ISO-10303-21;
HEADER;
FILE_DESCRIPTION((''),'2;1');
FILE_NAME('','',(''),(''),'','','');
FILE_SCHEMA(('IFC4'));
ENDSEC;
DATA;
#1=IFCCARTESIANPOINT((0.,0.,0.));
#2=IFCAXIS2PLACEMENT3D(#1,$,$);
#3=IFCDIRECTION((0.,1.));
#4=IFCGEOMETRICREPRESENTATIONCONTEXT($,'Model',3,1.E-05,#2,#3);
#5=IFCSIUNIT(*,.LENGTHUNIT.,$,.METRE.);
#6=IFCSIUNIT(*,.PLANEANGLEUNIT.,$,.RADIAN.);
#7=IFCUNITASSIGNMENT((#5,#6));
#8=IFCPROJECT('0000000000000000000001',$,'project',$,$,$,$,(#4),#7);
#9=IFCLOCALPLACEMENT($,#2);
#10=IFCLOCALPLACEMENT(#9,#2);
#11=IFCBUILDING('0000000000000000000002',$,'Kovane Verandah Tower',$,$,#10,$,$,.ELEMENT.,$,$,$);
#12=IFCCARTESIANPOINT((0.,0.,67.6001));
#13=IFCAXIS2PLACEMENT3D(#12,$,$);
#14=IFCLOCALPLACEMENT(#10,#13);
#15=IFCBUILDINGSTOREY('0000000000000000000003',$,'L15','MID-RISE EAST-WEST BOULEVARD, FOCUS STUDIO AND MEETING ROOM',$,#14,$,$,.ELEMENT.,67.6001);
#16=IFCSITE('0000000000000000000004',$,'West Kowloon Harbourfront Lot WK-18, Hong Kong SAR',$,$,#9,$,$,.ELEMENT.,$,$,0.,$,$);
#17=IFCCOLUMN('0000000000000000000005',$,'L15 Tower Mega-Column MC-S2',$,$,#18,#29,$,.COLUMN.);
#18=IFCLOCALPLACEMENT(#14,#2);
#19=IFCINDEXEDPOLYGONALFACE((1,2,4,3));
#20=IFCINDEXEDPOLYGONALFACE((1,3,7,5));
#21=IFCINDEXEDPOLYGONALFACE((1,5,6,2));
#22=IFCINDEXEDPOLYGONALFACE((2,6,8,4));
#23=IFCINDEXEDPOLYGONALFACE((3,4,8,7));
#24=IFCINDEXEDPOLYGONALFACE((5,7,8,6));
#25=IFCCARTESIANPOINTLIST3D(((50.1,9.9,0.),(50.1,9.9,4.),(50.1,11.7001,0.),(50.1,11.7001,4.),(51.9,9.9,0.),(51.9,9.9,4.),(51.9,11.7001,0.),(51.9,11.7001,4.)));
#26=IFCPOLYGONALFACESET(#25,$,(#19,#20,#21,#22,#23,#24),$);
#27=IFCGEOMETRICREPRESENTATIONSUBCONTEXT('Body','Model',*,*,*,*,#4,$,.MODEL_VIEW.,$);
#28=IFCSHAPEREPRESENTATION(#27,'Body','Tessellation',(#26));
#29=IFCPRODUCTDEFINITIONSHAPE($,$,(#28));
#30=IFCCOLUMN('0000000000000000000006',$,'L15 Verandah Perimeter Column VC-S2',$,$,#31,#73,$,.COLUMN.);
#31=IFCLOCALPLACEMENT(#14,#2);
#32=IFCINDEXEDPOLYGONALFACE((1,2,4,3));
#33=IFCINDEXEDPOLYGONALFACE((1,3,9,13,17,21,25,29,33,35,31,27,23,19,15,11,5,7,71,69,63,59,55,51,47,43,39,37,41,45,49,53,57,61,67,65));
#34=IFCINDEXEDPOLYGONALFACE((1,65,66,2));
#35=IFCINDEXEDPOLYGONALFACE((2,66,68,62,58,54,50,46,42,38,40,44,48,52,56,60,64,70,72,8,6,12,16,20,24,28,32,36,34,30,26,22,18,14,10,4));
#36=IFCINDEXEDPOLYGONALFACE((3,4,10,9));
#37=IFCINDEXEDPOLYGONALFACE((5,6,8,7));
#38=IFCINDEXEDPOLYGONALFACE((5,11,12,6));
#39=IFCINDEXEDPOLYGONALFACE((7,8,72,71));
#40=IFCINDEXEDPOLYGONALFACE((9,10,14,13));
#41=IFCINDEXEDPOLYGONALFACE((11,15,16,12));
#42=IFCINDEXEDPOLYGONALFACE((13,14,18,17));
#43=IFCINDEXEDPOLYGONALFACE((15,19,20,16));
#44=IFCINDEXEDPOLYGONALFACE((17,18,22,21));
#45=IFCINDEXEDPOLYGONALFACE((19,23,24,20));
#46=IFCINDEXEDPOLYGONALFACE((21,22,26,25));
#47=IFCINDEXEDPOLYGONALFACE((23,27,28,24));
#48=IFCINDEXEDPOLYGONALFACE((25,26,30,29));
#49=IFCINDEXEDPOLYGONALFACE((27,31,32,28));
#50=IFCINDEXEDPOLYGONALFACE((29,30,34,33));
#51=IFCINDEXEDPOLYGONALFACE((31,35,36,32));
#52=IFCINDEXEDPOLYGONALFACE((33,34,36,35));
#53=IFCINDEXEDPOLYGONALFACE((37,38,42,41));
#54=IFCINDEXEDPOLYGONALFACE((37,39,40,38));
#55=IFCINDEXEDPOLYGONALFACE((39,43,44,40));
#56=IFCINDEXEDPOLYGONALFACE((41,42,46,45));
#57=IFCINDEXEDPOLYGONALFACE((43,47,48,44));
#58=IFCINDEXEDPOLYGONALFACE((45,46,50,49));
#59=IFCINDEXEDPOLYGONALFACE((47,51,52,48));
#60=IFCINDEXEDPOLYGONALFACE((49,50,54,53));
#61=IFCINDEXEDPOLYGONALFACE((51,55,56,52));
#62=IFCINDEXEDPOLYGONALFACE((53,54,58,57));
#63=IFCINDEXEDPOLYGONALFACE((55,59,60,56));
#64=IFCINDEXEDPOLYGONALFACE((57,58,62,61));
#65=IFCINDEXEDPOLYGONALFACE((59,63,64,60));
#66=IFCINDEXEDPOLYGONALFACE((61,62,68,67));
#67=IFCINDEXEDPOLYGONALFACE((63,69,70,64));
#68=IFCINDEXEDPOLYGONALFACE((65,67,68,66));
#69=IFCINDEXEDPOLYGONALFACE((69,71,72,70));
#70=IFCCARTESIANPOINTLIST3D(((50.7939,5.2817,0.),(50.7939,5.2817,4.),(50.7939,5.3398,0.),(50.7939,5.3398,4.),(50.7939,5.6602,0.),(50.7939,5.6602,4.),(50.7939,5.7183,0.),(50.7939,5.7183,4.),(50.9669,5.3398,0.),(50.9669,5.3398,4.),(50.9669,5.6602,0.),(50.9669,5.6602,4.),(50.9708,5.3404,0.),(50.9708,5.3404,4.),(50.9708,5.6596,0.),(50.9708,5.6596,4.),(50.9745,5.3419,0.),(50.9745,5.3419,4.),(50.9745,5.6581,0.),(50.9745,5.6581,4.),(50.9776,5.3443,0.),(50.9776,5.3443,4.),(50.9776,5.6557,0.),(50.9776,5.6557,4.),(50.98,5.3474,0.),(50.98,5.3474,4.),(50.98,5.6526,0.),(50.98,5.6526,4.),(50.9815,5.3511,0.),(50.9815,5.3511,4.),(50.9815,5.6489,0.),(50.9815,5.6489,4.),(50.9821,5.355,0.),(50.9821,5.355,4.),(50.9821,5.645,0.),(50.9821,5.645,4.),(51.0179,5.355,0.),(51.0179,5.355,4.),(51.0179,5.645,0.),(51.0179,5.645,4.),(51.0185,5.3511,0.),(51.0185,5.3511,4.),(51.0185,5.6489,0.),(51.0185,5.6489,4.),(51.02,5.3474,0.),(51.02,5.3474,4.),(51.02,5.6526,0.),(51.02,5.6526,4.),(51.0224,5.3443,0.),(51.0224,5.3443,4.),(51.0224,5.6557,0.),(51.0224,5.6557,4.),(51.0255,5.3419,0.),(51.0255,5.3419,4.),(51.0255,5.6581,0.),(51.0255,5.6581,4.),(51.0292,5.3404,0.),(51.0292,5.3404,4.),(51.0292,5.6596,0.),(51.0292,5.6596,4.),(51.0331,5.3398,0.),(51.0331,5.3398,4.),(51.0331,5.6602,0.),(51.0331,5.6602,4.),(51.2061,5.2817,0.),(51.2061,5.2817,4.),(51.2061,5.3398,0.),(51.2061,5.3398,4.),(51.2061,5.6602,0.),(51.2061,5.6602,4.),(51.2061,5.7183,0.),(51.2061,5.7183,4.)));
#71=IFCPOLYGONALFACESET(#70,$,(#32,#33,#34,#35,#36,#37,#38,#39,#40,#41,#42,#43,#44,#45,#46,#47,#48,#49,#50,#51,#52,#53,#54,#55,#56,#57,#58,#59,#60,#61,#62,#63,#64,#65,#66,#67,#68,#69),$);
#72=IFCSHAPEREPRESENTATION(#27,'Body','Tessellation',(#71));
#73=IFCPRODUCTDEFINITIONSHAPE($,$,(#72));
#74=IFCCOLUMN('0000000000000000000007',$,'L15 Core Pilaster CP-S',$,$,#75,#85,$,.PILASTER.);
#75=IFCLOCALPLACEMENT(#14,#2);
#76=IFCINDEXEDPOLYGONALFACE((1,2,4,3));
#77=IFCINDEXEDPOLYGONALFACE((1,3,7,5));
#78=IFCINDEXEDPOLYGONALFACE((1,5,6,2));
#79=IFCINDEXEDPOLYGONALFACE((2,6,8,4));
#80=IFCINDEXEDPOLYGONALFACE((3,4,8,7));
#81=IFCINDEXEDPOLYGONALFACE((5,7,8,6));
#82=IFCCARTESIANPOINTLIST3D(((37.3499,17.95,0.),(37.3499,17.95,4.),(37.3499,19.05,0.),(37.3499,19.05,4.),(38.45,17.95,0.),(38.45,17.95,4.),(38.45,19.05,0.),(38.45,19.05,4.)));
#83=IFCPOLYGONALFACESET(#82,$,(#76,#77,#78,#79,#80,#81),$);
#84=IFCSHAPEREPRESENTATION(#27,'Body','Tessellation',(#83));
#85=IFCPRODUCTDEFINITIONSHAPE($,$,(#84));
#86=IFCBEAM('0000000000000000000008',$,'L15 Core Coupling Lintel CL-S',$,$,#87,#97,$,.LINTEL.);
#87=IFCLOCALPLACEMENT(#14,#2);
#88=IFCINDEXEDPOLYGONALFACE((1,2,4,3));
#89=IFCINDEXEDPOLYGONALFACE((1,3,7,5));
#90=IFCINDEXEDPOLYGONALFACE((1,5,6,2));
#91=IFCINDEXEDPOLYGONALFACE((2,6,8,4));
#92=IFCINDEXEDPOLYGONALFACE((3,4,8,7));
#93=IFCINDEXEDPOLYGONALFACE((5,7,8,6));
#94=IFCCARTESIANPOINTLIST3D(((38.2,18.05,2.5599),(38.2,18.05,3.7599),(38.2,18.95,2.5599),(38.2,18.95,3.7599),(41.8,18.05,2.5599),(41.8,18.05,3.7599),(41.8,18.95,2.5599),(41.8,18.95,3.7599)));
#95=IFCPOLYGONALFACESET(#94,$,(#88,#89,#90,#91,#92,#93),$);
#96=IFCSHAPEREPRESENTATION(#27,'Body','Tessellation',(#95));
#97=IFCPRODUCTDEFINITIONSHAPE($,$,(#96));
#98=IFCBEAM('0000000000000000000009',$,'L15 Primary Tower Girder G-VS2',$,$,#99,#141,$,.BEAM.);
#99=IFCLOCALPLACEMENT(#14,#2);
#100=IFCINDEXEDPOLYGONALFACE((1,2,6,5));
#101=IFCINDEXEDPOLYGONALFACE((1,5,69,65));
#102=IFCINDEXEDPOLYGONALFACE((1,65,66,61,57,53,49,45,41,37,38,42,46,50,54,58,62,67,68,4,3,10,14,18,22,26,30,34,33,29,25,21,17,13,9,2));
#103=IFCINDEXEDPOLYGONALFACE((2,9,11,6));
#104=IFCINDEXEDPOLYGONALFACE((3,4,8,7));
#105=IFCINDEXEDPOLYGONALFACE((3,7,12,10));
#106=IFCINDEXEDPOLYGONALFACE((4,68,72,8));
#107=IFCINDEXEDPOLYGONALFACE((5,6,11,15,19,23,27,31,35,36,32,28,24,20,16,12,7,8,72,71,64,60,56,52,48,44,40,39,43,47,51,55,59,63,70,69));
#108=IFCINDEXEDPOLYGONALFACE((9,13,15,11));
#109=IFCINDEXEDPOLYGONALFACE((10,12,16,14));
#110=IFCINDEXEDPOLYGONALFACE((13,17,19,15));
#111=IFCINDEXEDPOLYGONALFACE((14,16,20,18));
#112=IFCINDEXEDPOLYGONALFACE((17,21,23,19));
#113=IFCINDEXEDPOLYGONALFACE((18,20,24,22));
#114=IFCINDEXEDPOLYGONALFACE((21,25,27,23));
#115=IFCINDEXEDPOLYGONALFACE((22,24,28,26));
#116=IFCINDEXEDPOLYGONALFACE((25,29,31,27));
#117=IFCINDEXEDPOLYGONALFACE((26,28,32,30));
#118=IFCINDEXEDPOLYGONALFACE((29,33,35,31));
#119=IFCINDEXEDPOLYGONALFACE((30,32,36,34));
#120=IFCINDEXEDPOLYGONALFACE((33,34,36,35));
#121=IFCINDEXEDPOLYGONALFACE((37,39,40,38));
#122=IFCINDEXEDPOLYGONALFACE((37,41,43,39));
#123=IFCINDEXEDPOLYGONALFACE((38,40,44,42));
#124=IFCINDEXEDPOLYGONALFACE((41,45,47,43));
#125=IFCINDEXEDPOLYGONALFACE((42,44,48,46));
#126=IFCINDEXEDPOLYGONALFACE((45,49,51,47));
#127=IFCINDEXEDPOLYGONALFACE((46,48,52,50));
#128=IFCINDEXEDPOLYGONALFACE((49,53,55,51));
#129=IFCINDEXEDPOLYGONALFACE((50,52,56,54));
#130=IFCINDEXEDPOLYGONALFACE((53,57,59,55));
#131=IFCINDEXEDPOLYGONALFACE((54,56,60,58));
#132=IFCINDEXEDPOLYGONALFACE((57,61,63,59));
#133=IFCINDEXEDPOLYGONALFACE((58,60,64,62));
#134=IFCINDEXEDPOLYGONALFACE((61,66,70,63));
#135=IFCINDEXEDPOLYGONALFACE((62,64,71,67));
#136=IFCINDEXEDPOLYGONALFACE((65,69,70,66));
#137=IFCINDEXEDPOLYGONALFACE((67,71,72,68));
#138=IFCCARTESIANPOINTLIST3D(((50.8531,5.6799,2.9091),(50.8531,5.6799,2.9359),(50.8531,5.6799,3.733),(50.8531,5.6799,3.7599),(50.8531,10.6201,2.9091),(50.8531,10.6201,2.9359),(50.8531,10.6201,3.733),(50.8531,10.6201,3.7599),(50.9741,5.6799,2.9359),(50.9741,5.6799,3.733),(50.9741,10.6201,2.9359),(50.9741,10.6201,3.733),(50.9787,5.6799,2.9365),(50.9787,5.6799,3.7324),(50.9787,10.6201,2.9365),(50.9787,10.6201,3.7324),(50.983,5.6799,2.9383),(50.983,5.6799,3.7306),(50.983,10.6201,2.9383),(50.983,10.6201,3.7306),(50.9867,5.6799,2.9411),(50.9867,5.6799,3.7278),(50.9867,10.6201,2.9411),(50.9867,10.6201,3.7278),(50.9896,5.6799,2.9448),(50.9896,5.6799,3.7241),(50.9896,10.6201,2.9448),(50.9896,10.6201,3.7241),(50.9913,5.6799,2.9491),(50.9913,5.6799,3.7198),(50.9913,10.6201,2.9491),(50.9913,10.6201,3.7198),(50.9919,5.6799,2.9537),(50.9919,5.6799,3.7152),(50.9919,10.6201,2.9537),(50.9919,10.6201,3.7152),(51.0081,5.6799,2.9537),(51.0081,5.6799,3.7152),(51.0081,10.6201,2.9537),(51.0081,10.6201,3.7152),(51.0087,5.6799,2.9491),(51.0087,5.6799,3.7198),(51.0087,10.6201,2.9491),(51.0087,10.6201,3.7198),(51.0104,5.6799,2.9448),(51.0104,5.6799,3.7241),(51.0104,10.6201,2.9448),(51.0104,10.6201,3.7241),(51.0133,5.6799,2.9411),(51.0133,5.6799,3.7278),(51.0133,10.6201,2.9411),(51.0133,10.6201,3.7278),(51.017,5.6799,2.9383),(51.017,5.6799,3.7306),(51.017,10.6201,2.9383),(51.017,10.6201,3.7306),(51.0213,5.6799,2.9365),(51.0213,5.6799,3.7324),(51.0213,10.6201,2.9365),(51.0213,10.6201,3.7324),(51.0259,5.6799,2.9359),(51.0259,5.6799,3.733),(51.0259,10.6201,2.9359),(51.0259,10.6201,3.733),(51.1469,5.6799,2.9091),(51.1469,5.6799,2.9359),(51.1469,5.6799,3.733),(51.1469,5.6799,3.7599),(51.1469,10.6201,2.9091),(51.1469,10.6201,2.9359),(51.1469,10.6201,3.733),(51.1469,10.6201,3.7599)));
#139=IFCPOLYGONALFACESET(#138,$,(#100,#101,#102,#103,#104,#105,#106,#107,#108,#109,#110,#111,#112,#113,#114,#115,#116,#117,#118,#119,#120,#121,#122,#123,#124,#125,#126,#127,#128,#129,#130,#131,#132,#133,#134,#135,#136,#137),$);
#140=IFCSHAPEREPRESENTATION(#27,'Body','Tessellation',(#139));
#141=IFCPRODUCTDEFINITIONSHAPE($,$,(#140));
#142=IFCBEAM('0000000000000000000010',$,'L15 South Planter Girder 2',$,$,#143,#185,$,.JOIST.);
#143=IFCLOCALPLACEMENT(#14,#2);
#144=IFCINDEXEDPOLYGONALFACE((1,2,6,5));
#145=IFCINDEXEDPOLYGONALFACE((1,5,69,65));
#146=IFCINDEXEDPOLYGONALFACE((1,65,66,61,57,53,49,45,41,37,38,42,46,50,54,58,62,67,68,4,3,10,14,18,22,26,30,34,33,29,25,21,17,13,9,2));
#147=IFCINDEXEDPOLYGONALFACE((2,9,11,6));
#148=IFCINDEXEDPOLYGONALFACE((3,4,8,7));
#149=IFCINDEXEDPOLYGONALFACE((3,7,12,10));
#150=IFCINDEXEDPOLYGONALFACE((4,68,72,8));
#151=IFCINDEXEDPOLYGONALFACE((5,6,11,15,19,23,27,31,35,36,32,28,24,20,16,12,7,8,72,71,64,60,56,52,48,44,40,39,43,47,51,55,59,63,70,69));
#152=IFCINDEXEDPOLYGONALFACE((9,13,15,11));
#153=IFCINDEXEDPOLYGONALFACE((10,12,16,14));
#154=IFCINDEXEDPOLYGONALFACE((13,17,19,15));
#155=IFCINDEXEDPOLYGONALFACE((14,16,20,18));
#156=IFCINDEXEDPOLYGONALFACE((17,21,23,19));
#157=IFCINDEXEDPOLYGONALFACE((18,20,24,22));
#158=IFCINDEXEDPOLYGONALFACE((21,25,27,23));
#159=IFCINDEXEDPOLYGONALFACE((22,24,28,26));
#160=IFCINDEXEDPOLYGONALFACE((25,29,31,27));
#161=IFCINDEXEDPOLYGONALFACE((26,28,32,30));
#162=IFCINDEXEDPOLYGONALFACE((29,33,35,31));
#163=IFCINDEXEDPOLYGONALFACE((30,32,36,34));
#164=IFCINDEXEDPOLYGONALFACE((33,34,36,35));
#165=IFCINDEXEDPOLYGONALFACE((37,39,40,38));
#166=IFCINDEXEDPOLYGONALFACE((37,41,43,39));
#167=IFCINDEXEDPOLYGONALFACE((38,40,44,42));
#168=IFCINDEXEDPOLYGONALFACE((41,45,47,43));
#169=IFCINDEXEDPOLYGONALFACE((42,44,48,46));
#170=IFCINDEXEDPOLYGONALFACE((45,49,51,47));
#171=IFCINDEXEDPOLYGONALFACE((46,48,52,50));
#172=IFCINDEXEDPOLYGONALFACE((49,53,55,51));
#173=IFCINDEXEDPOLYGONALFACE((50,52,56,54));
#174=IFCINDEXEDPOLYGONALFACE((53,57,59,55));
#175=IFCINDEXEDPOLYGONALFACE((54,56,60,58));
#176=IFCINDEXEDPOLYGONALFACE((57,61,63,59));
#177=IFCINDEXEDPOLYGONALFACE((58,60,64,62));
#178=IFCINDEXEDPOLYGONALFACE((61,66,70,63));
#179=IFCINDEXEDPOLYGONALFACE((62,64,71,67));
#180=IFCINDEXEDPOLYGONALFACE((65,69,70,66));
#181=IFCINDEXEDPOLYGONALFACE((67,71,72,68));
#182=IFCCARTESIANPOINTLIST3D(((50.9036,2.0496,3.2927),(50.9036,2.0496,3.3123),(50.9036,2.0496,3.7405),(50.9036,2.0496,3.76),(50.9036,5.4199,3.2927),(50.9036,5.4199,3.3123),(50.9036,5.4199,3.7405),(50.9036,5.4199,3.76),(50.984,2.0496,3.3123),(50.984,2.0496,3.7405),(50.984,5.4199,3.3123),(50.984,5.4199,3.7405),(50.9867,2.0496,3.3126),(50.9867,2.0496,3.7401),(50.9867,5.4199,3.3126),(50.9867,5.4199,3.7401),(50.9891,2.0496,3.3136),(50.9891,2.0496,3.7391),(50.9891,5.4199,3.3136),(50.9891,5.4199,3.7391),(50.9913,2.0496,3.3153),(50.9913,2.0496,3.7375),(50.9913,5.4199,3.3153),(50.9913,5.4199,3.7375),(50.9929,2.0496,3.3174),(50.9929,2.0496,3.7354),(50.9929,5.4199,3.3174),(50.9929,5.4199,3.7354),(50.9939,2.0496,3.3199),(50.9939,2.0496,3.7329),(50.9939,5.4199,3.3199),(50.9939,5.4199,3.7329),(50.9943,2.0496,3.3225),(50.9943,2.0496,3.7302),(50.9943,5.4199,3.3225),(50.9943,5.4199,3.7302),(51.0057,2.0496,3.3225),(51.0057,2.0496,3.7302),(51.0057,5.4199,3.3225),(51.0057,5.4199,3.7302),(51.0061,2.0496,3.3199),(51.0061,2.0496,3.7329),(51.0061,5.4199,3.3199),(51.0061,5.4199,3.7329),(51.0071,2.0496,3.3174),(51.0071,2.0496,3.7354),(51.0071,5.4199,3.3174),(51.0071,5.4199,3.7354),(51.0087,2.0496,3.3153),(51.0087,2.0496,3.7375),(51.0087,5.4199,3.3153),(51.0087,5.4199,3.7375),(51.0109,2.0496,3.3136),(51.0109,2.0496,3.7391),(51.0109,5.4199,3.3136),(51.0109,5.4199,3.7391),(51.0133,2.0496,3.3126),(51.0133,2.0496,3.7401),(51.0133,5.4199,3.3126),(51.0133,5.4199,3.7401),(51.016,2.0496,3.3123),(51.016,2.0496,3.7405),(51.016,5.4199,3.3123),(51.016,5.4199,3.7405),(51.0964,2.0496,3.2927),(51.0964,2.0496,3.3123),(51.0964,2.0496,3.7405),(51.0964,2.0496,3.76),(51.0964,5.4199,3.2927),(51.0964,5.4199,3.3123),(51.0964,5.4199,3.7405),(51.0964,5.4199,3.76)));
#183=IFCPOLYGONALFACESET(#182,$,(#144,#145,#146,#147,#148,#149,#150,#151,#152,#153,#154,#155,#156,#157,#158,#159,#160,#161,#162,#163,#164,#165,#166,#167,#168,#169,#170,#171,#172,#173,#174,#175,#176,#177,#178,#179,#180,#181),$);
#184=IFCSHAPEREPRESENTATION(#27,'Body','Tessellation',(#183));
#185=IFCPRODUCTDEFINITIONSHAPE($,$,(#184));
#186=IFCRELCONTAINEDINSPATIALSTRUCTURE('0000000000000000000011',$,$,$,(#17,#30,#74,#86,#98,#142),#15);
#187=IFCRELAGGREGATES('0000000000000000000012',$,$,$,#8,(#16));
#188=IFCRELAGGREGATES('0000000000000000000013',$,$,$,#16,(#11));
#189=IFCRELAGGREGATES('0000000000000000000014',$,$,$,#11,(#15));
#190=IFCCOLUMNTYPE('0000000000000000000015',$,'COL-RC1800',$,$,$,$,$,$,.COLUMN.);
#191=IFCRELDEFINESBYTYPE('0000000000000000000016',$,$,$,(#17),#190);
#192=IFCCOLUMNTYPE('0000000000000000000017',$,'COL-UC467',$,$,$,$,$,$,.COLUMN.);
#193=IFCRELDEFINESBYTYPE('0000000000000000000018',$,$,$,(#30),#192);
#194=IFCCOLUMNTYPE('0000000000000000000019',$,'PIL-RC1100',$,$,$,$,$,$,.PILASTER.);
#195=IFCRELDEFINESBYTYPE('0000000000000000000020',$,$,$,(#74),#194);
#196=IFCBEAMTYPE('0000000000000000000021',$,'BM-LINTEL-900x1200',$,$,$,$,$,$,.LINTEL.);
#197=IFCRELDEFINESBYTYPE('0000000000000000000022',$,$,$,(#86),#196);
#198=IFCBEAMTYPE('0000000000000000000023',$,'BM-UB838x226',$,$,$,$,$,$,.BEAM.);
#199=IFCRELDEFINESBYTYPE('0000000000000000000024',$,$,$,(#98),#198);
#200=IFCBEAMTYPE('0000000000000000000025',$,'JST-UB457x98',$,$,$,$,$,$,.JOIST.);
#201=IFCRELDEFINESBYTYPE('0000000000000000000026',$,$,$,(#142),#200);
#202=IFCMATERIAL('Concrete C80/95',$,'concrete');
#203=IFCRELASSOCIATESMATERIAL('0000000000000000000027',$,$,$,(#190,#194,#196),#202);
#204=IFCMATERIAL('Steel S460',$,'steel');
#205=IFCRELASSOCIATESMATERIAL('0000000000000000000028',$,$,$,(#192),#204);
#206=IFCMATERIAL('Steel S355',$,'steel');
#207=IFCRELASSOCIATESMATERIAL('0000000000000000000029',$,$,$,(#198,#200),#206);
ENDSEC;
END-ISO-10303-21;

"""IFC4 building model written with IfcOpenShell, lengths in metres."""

from ifc_helpers import new_model, si_unit, direction, frame, origin, origin_2d, place, context, subcontext, project, spatial, rectangle, i_section, extrude, material, material_profile, profile_set, type_object, element, save


model = new_model("IFC4")

# Units and contexts
model_context = context("Model", 3, precision=1e-05, world=origin(), true_north=direction((0.0, 1.0)))
body_context = subcontext(model_context, "Body", "Model", "MODEL_VIEW")
ifc_project = project(units=[si_unit("LENGTHUNIT", "METRE"), si_unit("PLANEANGLEUNIT", "RADIAN")], contexts=[model_context])

# Site, building, storey
site_placement = place(None, origin())
site = spatial("IfcSite", under=ifc_project, at=site_placement, Name="West Kowloon Harbourfront Lot WK-18, Hong Kong SAR", CompositionType="ELEMENT", RefElevation=0.0)
building_placement = place(site_placement, origin())
building = spatial("IfcBuilding", under=site, at=building_placement, Name="Kovane Verandah Tower", CompositionType="ELEMENT")
storey_placement = place(building_placement, frame((0.0, 0.0, 67.6001)))
storey = spatial("IfcBuildingStorey", under=building, at=storey_placement, Name="L15", Description="MID-RISE EAST-WEST BOULEVARD, FOCUS STUDIO AND MEETING ROOM", CompositionType="ELEMENT", Elevation=67.6001)

# Columns
ifc_material_1 = material(Name="Concrete C80/95", Category="concrete")
ifc_material_profile_1 = material_profile(ifc_material_1, rectangle(XDim=1.8, YDim=1.8, at=origin_2d()), Name="RC1800x1800")
ifc_profile_set_1 = profile_set([ifc_material_profile_1], Name="Concrete C80/95")
column_type_1 = type_object("IfcColumnType", Name="COL-RC1800", PredefinedType="COLUMN", material=ifc_profile_set_1)
column_1_placement = place(storey_placement, frame((51.0, 10.8, 0.0), z_axis=(0.0, 0.0, 1.0), x_axis=(1.0, 0.0, 0.0)))
element("IfcColumn", 1, at=column_1_placement, inside=storey, type_object=column_type_1, Name="L15 Tower Mega-Column MC-S2", PredefinedType="COLUMN", context=body_context, shape_type="SweptSolid", body=[
    extrude(rectangle(XDim=1.8, YDim=1.8, at=origin_2d()), origin(), (0.0, 0.0, 1.0), 4.0),
])
ifc_material_2 = material(Name="Steel S460", Category="steel")
ifc_material_profile_2 = material_profile(ifc_material_2, i_section(OverallWidth=0.4121, OverallDepth=0.4365, WebThickness=0.0359, FlangeThickness=0.0581, FilletRadius=0.0151, at=origin_2d()), Name="UC356x406x467")
ifc_profile_set_2 = profile_set([ifc_material_profile_2], Name="Steel S460")
column_type_2 = type_object("IfcColumnType", Name="COL-UC467", PredefinedType="COLUMN", material=ifc_profile_set_2)
column_2_placement = place(storey_placement, frame((51.0, 5.5, 0.0), z_axis=(0.0, 0.0, 1.0), x_axis=(1.0, 0.0, 0.0)))
element("IfcColumn", 2, at=column_2_placement, inside=storey, type_object=column_type_2, Name="L15 Verandah Perimeter Column VC-S2", PredefinedType="COLUMN", context=body_context, shape_type="SweptSolid", body=[
    extrude(i_section(OverallWidth=0.4121, OverallDepth=0.4365, WebThickness=0.0359, FlangeThickness=0.0581, FilletRadius=0.0151, at=origin_2d()), origin(), (0.0, 0.0, 1.0), 4.0),
])
ifc_material_profile_3 = material_profile(ifc_material_1, rectangle(XDim=1.1001, YDim=1.1001, at=origin_2d()), Name="RC1100x1100")
ifc_profile_set_3 = profile_set([ifc_material_profile_3], Name="Concrete C80/95")
column_type_3 = type_object("IfcColumnType", Name="PIL-RC1100", PredefinedType="PILASTER", material=ifc_profile_set_3)
column_3_placement = place(storey_placement, frame((37.8999, 18.5, 0.0), z_axis=(0.0, 0.0, 1.0), x_axis=(1.0, 0.0, 0.0)))
element("IfcColumn", 3, at=column_3_placement, inside=storey, type_object=column_type_3, Name="L15 Core Pilaster CP-S", PredefinedType="PILASTER", context=body_context, shape_type="SweptSolid", body=[
    extrude(rectangle(XDim=1.1001, YDim=1.1001, at=origin_2d()), origin(), (0.0, 0.0, 1.0), 4.0),
])

# Beams
ifc_material_profile_4 = material_profile(ifc_material_1, rectangle(XDim=0.8999, YDim=1.2, at=origin_2d()), Name="RCB900x1200")
ifc_profile_set_4 = profile_set([ifc_material_profile_4], Name="Concrete C80/95")
beam_type_1 = type_object("IfcBeamType", Name="BM-LINTEL-900x1200", PredefinedType="LINTEL", material=ifc_profile_set_4)
beam_1_placement = place(storey_placement, frame((38.2, 18.5, 3.1599), z_axis=(1.0, 0.0, 0.0), x_axis=(0.0, 1.0, 0.0)))
element("IfcBeam", 4, at=beam_1_placement, inside=storey, type_object=beam_type_1, Name="L15 Core Coupling Lintel CL-S", PredefinedType="LINTEL", context=body_context, shape_type="SweptSolid", body=[
    extrude(rectangle(XDim=0.8999, YDim=1.2, at=origin_2d()), origin(), (0.0, 0.0, 1.0), 3.6001),
])
ifc_material_3 = material(Name="Steel S355", Category="steel")
ifc_material_profile_5 = material_profile(ifc_material_3, i_section(OverallWidth=0.2937, OverallDepth=0.8508, WebThickness=0.0161, FlangeThickness=0.0269, FilletRadius=0.0178, at=origin_2d()), Name="UB838x292x226")
ifc_profile_set_5 = profile_set([ifc_material_profile_5], Name="Steel S355")
beam_type_2 = type_object("IfcBeamType", Name="BM-UB838x226", PredefinedType="BEAM", material=ifc_profile_set_5)
beam_2_placement = place(storey_placement, frame((51.0, 10.6201, 3.3345), z_axis=(0.0, -1.0, 0.0), x_axis=(1.0, 0.0, 0.0)))
element("IfcBeam", 5, at=beam_2_placement, inside=storey, type_object=beam_type_2, Name="L15 Primary Tower Girder G-VS2", PredefinedType="BEAM", context=body_context, shape_type="SweptSolid", body=[
    extrude(i_section(OverallWidth=0.2937, OverallDepth=0.8508, WebThickness=0.0161, FlangeThickness=0.0269, FilletRadius=0.0178, at=origin_2d()), origin(), (0.0, 0.0, 1.0), 4.9402),
])
ifc_material_profile_6 = material_profile(ifc_material_3, i_section(OverallWidth=0.1929, OverallDepth=0.4673, WebThickness=0.0115, FlangeThickness=0.0195, FilletRadius=0.0103, at=origin_2d()), Name="UB457x191x98")
ifc_profile_set_6 = profile_set([ifc_material_profile_6], Name="Steel S355")
beam_type_3 = type_object("IfcBeamType", Name="JST-UB457x98", PredefinedType="JOIST", material=ifc_profile_set_6)
beam_3_placement = place(storey_placement, frame((51.0, 5.4199, 3.5264), z_axis=(0.0, -1.0, 0.0), x_axis=(1.0, 0.0, 0.0)))
element("IfcBeam", 6, at=beam_3_placement, inside=storey, type_object=beam_type_3, Name="L15 South Planter Girder 2", PredefinedType="JOIST", context=body_context, shape_type="SweptSolid", body=[
    extrude(i_section(OverallWidth=0.1929, OverallDepth=0.4673, WebThickness=0.0115, FlangeThickness=0.0195, FilletRadius=0.0103, at=origin_2d()), origin(), (0.0, 0.0, 1.0), 3.3704),
])

save(model, "model.ifc")
